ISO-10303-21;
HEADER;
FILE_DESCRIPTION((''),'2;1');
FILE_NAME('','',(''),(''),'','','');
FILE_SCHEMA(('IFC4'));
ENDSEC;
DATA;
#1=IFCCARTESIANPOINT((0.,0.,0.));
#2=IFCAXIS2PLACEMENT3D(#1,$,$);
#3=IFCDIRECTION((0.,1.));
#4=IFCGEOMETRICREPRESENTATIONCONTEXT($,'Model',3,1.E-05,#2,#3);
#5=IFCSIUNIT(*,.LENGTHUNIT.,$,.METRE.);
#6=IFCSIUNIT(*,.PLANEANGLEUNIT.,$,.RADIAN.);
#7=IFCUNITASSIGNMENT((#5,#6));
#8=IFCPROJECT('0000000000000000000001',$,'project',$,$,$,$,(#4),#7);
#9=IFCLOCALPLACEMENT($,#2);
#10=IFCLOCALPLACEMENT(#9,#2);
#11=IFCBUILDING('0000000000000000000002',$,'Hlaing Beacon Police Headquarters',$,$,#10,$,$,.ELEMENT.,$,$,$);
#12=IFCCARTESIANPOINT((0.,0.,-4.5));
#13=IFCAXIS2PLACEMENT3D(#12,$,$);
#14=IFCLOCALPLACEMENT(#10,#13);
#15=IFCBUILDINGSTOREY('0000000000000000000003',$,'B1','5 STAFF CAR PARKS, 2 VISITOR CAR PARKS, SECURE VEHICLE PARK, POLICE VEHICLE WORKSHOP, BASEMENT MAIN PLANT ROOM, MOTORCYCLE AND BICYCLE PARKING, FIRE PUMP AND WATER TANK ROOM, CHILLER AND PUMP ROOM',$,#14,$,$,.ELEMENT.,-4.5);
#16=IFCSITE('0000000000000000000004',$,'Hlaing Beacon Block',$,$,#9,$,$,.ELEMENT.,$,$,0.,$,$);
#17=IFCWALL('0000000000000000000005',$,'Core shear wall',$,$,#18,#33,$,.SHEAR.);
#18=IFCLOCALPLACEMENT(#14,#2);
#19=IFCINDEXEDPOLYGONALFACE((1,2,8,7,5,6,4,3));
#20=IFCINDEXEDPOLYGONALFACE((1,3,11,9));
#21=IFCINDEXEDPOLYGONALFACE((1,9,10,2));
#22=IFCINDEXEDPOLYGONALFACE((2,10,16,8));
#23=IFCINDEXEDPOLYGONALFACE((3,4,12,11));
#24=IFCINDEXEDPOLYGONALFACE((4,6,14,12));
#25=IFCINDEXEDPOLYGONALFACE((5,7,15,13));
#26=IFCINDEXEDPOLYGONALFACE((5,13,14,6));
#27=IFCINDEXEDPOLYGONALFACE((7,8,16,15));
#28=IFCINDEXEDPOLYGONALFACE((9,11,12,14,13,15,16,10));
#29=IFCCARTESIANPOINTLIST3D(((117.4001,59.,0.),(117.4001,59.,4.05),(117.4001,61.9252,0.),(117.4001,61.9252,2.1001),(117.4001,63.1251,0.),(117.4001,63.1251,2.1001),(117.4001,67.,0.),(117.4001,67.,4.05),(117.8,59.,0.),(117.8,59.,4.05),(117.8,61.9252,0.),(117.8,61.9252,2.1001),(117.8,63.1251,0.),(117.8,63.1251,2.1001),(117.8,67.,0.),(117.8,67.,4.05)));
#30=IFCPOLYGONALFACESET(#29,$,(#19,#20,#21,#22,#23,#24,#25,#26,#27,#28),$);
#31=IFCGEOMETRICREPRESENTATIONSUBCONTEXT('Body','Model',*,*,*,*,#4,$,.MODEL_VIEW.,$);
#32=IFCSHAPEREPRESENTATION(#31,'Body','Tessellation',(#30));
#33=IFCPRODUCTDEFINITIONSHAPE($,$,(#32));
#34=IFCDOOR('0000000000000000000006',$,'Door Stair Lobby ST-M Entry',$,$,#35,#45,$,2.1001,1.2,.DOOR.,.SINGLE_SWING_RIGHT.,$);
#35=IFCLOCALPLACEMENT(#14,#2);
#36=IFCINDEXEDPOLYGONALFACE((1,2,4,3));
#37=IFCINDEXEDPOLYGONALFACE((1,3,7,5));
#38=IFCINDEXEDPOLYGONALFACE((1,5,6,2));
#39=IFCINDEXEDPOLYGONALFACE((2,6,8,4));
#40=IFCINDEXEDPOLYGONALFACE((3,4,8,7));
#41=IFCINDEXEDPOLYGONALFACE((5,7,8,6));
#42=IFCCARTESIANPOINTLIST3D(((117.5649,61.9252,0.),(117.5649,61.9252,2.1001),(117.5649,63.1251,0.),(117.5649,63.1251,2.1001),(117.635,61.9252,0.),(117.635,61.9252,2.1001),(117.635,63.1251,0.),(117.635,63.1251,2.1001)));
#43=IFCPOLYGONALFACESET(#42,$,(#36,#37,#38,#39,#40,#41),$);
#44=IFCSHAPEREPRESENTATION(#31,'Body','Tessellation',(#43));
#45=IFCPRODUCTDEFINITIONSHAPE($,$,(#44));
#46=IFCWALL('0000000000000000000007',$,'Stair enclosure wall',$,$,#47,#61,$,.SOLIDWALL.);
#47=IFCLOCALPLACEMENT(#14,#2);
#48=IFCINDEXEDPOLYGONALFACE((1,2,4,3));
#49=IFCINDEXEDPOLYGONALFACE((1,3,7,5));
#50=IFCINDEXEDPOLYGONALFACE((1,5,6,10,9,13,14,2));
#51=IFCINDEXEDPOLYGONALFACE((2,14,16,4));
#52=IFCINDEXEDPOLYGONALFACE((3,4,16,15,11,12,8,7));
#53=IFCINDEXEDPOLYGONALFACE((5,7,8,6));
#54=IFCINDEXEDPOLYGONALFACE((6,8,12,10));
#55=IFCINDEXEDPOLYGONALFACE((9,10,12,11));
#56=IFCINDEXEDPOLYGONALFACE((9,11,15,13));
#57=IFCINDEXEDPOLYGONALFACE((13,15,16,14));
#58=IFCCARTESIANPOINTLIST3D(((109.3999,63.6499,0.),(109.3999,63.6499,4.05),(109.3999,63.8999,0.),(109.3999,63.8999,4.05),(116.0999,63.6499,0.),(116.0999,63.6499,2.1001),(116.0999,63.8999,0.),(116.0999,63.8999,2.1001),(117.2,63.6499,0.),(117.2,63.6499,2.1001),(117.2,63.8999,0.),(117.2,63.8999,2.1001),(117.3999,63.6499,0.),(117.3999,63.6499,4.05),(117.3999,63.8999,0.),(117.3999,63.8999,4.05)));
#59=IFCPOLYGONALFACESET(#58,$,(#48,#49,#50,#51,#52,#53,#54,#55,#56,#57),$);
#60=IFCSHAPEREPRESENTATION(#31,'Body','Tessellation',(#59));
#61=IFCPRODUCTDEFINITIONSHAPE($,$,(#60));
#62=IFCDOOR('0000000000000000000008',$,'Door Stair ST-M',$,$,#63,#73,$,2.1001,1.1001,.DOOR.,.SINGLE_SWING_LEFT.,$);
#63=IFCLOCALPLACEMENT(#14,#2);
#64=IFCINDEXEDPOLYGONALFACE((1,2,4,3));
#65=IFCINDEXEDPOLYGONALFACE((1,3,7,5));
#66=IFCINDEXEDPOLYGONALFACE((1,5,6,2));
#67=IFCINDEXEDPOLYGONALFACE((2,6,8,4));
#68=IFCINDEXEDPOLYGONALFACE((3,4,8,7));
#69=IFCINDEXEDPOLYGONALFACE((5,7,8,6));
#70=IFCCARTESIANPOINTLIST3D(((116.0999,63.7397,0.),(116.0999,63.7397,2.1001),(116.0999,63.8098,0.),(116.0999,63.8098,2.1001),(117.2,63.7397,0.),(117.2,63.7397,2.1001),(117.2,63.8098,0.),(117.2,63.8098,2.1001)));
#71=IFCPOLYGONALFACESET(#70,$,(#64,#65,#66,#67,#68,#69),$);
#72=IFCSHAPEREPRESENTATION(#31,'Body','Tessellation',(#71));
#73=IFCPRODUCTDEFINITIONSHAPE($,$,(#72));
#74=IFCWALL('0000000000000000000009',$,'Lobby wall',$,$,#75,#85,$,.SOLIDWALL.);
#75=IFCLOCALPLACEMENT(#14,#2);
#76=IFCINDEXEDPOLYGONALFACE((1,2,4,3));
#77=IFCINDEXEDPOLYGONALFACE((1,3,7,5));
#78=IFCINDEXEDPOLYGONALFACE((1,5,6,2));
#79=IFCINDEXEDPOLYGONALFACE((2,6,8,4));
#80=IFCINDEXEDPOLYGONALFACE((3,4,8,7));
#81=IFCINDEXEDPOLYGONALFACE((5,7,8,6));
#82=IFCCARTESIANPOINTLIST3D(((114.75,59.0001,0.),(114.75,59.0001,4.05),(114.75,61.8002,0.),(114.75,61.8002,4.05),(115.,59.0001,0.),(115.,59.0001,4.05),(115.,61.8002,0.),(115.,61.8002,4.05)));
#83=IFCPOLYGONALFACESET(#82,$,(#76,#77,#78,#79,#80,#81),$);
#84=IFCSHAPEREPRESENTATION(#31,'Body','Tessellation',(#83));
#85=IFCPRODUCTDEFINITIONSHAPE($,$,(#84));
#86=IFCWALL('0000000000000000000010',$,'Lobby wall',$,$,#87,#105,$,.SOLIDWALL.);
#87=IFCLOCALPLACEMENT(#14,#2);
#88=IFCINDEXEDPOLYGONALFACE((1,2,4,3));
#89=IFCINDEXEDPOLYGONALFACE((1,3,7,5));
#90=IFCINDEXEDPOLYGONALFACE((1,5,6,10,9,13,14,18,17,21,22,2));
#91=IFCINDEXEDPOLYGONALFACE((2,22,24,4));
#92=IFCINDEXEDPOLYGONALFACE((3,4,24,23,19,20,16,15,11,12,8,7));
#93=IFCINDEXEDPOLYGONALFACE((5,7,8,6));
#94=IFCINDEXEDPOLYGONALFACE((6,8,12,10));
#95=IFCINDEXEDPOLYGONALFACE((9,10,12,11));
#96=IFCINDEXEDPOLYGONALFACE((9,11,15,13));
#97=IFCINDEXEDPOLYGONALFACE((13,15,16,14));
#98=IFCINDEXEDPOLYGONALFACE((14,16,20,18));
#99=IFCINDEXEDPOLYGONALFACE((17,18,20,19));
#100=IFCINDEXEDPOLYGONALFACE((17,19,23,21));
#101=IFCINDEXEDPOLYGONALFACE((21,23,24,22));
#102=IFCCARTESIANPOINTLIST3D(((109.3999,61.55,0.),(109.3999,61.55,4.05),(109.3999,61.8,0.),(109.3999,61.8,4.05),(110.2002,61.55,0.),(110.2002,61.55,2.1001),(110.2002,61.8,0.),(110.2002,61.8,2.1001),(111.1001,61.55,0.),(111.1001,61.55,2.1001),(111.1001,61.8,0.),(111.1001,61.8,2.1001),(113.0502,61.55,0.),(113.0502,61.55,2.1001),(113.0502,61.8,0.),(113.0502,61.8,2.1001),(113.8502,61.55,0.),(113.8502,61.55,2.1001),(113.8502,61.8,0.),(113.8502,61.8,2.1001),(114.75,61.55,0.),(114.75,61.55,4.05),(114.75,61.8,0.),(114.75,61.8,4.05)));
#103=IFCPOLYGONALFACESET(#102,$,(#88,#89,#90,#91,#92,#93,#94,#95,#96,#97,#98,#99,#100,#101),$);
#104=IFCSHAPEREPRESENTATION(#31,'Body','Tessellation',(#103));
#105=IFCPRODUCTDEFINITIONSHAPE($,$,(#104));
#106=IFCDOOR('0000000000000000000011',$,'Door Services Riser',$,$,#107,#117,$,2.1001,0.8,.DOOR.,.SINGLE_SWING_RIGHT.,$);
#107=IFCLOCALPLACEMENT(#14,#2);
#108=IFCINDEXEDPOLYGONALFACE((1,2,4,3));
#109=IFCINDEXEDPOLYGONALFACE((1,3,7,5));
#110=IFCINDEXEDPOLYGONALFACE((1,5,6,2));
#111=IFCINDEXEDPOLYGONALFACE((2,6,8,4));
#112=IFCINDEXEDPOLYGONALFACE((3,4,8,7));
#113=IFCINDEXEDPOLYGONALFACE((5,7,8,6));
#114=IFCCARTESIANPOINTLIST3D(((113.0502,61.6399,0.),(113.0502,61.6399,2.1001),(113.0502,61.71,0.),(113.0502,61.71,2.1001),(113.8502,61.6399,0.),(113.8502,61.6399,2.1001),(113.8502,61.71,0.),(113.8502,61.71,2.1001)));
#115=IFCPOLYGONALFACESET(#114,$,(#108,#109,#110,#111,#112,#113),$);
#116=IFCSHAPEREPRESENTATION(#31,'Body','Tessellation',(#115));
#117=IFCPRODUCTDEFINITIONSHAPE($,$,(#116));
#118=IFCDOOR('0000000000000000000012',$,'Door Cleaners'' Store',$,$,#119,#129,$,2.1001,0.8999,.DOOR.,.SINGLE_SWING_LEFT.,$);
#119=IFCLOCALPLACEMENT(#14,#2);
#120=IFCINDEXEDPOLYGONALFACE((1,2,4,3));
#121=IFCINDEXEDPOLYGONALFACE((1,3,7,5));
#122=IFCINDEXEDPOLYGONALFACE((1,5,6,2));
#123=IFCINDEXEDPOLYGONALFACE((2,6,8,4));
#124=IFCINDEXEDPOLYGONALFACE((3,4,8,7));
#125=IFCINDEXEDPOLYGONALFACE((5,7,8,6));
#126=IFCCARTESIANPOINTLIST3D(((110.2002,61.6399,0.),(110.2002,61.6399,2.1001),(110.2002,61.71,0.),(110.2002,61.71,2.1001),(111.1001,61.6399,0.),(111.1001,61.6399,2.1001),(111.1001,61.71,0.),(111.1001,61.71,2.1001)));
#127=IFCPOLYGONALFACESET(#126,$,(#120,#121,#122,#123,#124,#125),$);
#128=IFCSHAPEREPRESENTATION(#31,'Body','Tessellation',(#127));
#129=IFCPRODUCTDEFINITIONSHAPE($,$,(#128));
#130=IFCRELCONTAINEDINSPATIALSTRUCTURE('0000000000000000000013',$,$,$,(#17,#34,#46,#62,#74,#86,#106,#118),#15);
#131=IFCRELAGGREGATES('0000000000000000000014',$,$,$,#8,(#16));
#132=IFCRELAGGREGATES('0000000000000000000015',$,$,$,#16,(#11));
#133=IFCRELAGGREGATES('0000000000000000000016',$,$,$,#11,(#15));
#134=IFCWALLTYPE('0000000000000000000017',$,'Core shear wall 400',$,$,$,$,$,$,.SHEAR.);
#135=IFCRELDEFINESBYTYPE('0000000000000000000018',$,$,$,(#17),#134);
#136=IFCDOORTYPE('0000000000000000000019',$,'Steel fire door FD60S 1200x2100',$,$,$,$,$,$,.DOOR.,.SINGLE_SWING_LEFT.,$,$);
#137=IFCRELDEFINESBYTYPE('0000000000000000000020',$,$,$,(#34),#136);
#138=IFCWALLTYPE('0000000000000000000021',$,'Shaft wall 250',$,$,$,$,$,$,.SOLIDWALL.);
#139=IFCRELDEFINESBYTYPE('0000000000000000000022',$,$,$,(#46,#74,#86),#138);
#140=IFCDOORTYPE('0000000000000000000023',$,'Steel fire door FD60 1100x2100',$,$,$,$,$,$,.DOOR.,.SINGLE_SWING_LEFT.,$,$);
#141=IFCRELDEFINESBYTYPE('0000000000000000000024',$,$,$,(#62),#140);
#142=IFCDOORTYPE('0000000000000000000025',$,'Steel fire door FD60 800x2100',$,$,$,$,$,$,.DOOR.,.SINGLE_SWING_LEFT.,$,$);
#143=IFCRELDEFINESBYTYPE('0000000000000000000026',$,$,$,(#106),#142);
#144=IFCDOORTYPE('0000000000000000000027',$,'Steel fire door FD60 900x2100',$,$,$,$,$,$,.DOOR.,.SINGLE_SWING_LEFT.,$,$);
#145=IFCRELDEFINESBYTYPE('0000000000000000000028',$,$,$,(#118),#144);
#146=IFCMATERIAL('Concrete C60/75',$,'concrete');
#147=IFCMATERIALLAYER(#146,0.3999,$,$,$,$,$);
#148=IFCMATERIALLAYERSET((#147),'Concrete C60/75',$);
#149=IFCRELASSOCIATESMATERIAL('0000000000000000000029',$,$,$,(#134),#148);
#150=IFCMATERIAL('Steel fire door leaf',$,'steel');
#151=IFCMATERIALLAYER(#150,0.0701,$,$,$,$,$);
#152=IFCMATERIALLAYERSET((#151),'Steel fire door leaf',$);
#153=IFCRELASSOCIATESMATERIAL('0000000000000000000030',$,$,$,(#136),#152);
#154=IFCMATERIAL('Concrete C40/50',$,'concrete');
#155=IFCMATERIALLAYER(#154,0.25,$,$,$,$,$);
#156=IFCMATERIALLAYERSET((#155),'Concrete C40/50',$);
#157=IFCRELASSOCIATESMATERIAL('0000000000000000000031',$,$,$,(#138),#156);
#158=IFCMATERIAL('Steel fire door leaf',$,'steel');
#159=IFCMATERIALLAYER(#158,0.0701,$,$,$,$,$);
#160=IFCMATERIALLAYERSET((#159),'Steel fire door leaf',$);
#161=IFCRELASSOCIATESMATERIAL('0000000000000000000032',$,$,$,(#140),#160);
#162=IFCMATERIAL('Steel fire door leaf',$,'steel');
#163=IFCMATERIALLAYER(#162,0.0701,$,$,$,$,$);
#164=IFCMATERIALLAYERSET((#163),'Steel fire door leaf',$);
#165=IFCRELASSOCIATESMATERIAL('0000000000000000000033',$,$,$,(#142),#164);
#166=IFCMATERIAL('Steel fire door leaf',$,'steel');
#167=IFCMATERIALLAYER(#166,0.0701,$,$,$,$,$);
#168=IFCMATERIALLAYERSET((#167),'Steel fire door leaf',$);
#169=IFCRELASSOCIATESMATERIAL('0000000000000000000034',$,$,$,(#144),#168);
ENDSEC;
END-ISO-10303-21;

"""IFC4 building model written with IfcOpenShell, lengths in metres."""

from ifc_helpers import new_model, si_unit, direction, frame, frame_2d, origin, place, context, subcontext, project, spatial, rectangle, extrude, material, layer, layer_set, type_object, element, fill, save


model = new_model("IFC4")

# Units and contexts
model_context = context("Model", 3, precision=1e-05, world=origin(), true_north=direction((0.0, 1.0)))
body_context = subcontext(model_context, "Body", "Model", "MODEL_VIEW")
ifc_project = project(units=[si_unit("LENGTHUNIT", "METRE"), si_unit("PLANEANGLEUNIT", "RADIAN")], contexts=[model_context])

# Site, building, storey
site_placement = place(None, origin())
site = spatial("IfcSite", under=ifc_project, at=site_placement, Name="Hlaing Beacon Block", CompositionType="ELEMENT", RefElevation=0.0)
building_placement = place(site_placement, origin())
building = spatial("IfcBuilding", under=site, at=building_placement, Name="Hlaing Beacon Police Headquarters", CompositionType="ELEMENT")
storey_placement = place(building_placement, frame((0.0, 0.0, -4.5)))
storey = spatial("IfcBuildingStorey", under=building, at=storey_placement, Name="B1", Description="5 STAFF CAR PARKS, 2 VISITOR CAR PARKS, SECURE VEHICLE PARK, POLICE VEHICLE WORKSHOP, BASEMENT MAIN PLANT ROOM, MOTORCYCLE AND BICYCLE PARKING, FIRE PUMP AND WATER TANK ROOM, CHILLER AND PUMP ROOM", CompositionType="ELEMENT", Elevation=-4.5)

# Walls, openings, doors
ifc_material_1 = material(Name="Concrete C60/75", Category="concrete")
ifc_layer_1 = layer(ifc_material_1, 0.3999)
ifc_layer_set_1 = layer_set([ifc_layer_1], Name="Concrete C60/75")
wall_type_1 = type_object("IfcWallType", Name="Core shear wall 400", PredefinedType="SHEAR", material=ifc_layer_set_1)
wall_1_placement = place(storey_placement, frame((117.6001, 59.0, 0.0), z_axis=(0.0, 0.0, 1.0), x_axis=(0.0, 1.0, 0.0)))
wall_1 = element("IfcWall", 1, at=wall_1_placement, inside=storey, type_object=wall_type_1, Name="Core shear wall", PredefinedType="SHEAR", context=body_context, shape_type="SweptSolid", body=[
    extrude(rectangle(XDim=8.0, YDim=0.3999, at=frame_2d((4.0, 0.0))), origin(), (0.0, 0.0, 1.0), 4.05),
])
opening_1_placement = place(wall_1_placement, frame((2.925, 0.0, 0.0)))
opening_1 = element("IfcOpeningElement", 2, at=opening_1_placement, cuts=wall_1, PredefinedType="OPENING", context=body_context, shape_type="SweptSolid", body=[
    extrude(rectangle(XDim=1.2, YDim=2.1001, at=frame_2d((0.6001, 1.05))), frame((0.0, 0.21, 0.0), z_axis=(0.0, -1.0, 0.0), x_axis=(1.0, 0.0, 0.0)), (0.0, 0.0, 1.0), 0.4199),
])
ifc_material_2 = material(Name="Steel fire door leaf", Category="steel")
ifc_layer_2 = layer(ifc_material_2, 0.0701)
ifc_layer_set_2 = layer_set([ifc_layer_2], Name="Steel fire door leaf")
door_type_1 = type_object("IfcDoorType", Name="Steel fire door FD60S 1200x2100", OperationType="SINGLE_SWING_LEFT", PredefinedType="DOOR", material=ifc_layer_set_2)
door_1_placement = place(opening_1_placement, origin())
door_1 = element("IfcDoor", 3, at=door_1_placement, inside=storey, type_object=door_type_1, Name="Door Stair Lobby ST-M Entry", OperationType="SINGLE_SWING_RIGHT", OverallHeight=2.1001, OverallWidth=1.2, PredefinedType="DOOR", context=body_context, shape_type="SweptSolid", body=[
    extrude(rectangle(XDim=1.2, YDim=2.1001, at=frame_2d((0.6001, 1.05))), frame((0.0, 0.0352, 0.0), z_axis=(0.0, -1.0, 0.0), x_axis=(1.0, 0.0, 0.0)), (0.0, 0.0, 1.0), 0.0701),
])
fill(opening_1, door_1)
ifc_material_3 = material(Name="Concrete C40/50", Category="concrete")
ifc_layer_3 = layer(ifc_material_3, 0.25)
ifc_layer_set_3 = layer_set([ifc_layer_3], Name="Concrete C40/50")
wall_type_2 = type_object("IfcWallType", Name="Shaft wall 250", PredefinedType="SOLIDWALL", material=ifc_layer_set_3)
wall_2_placement = place(storey_placement, frame((117.3999, 63.7749, 0.0), z_axis=(0.0, 0.0, 1.0), x_axis=(-1.0, 0.0, 0.0)))
wall_2 = element("IfcWall", 4, at=wall_2_placement, inside=storey, type_object=wall_type_2, Name="Stair enclosure wall", PredefinedType="SOLIDWALL", context=body_context, shape_type="SweptSolid", body=[
    extrude(rectangle(XDim=8.0, YDim=0.25, at=frame_2d((4.0, 0.0))), origin(), (0.0, 0.0, 1.0), 4.05),
])
opening_2_placement = place(wall_2_placement, frame((0.2, 0.0, 0.0)))
opening_2 = element("IfcOpeningElement", 5, at=opening_2_placement, cuts=wall_2, PredefinedType="OPENING", context=body_context, shape_type="SweptSolid", body=[
    extrude(rectangle(XDim=1.1001, YDim=2.1001, at=frame_2d((0.55, 1.05))), frame((0.0, 0.135, 0.0), z_axis=(0.0, -1.0, 0.0), x_axis=(1.0, 0.0, 0.0)), (0.0, 0.0, 1.0), 0.27),
])
ifc_material_4 = material(Name="Steel fire door leaf", Category="steel")
ifc_layer_4 = layer(ifc_material_4, 0.0701)
ifc_layer_set_4 = layer_set([ifc_layer_4], Name="Steel fire door leaf")
door_type_2 = type_object("IfcDoorType", Name="Steel fire door FD60 1100x2100", OperationType="SINGLE_SWING_LEFT", PredefinedType="DOOR", material=ifc_layer_set_4)
door_2_placement = place(opening_2_placement, frame((1.1001, 0.0, 0.0), z_axis=(0.0, 0.0, 1.0), x_axis=(-1.0, 0.0, 0.0)))
door_2 = element("IfcDoor", 6, at=door_2_placement, inside=storey, type_object=door_type_2, Name="Door Stair ST-M", OperationType="SINGLE_SWING_LEFT", OverallHeight=2.1001, OverallWidth=1.1001, PredefinedType="DOOR", context=body_context, shape_type="SweptSolid", body=[
    extrude(rectangle(XDim=1.1001, YDim=2.1001, at=frame_2d((0.55, 1.05))), frame((0.0, 0.0349, 0.0), z_axis=(0.0, -1.0, 0.0), x_axis=(1.0, 0.0, 0.0)), (0.0, 0.0, 1.0), 0.0701),
])
fill(opening_2, door_2)

# Wall
wall_3_placement = place(storey_placement, frame((114.875, 61.8, 0.0), z_axis=(0.0, 0.0, 1.0), x_axis=(0.0, -1.0, 0.0)))
element("IfcWall", 7, at=wall_3_placement, inside=storey, type_object=wall_type_2, Name="Lobby wall", PredefinedType="SOLIDWALL", context=body_context, shape_type="SweptSolid", body=[
    extrude(rectangle(XDim=2.8, YDim=0.25, at=frame_2d((1.3999, 0.0))), origin(), (0.0, 0.0, 1.0), 4.05),
])

# Wall, openings, doors
wall_4_placement = place(storey_placement, frame((114.75, 61.675, 0.0), z_axis=(0.0, 0.0, 1.0), x_axis=(-1.0, 0.0, 0.0)))
wall_4 = element("IfcWall", 8, at=wall_4_placement, inside=storey, type_object=wall_type_2, Name="Lobby wall", PredefinedType="SOLIDWALL", context=body_context, shape_type="SweptSolid", body=[
    extrude(rectangle(XDim=5.3501, YDim=0.25, at=frame_2d((2.675, 0.0))), origin(), (0.0, 0.0, 1.0), 4.05),
])
opening_3_placement = place(wall_4_placement, frame((3.6499, 0.0, 0.0)))
opening_3 = element("IfcOpeningElement", 9, at=opening_3_placement, cuts=wall_4, PredefinedType="OPENING", context=body_context, shape_type="SweptSolid", body=[
    extrude(rectangle(XDim=0.8999, YDim=2.1001, at=frame_2d((0.45, 1.05))), frame((0.0, 0.135, 0.0), z_axis=(0.0, -1.0, 0.0), x_axis=(1.0, 0.0, 0.0)), (0.0, 0.0, 1.0), 0.27),
])
opening_4_placement = place(wall_4_placement, frame((0.8999, 0.0, 0.0)))
opening_4 = element("IfcOpeningElement", 10, at=opening_4_placement, cuts=wall_4, PredefinedType="OPENING", context=body_context, shape_type="SweptSolid", body=[
    extrude(rectangle(XDim=0.8, YDim=2.1001, at=frame_2d((0.3999, 1.05))), frame((0.0, 0.135, 0.0), z_axis=(0.0, -1.0, 0.0), x_axis=(1.0, 0.0, 0.0)), (0.0, 0.0, 1.0), 0.27),
])
ifc_material_5 = material(Name="Steel fire door leaf", Category="steel")
ifc_layer_5 = layer(ifc_material_5, 0.0701)
ifc_layer_set_5 = layer_set([ifc_layer_5], Name="Steel fire door leaf")
door_type_3 = type_object("IfcDoorType", Name="Steel fire door FD60 800x2100", OperationType="SINGLE_SWING_LEFT", PredefinedType="DOOR", material=ifc_layer_set_5)
door_3_placement = place(opening_4_placement, origin())
door_3 = element("IfcDoor", 11, at=door_3_placement, inside=storey, type_object=door_type_3, Name="Door Services Riser", OperationType="SINGLE_SWING_RIGHT", OverallHeight=2.1001, OverallWidth=0.8, PredefinedType="DOOR", context=body_context, shape_type="SweptSolid", body=[
    extrude(rectangle(XDim=0.8, YDim=2.1001, at=frame_2d((0.3999, 1.05))), frame((0.0, 0.0352, 0.0), z_axis=(0.0, -1.0, 0.0), x_axis=(1.0, 0.0, 0.0)), (0.0, 0.0, 1.0), 0.0701),
])
fill(opening_4, door_3)
ifc_material_6 = material(Name="Steel fire door leaf", Category="steel")
ifc_layer_6 = layer(ifc_material_6, 0.0701)
ifc_layer_set_6 = layer_set([ifc_layer_6], Name="Steel fire door leaf")
door_type_4 = type_object("IfcDoorType", Name="Steel fire door FD60 900x2100", OperationType="SINGLE_SWING_LEFT", PredefinedType="DOOR", material=ifc_layer_set_6)
door_4_placement = place(opening_3_placement, origin())
door_4 = element("IfcDoor", 12, at=door_4_placement, inside=storey, type_object=door_type_4, Name="Door Cleaners' Store", OperationType="SINGLE_SWING_LEFT", OverallHeight=2.1001, OverallWidth=0.8999, PredefinedType="DOOR", context=body_context, shape_type="SweptSolid", body=[
    extrude(rectangle(XDim=0.8999, YDim=2.1001, at=frame_2d((0.45, 1.05))), frame((0.0, 0.0352, 0.0), z_axis=(0.0, -1.0, 0.0), x_axis=(1.0, 0.0, 0.0)), (0.0, 0.0, 1.0), 0.0701),
])
fill(opening_3, door_4)

save(model, "model.ifc")
